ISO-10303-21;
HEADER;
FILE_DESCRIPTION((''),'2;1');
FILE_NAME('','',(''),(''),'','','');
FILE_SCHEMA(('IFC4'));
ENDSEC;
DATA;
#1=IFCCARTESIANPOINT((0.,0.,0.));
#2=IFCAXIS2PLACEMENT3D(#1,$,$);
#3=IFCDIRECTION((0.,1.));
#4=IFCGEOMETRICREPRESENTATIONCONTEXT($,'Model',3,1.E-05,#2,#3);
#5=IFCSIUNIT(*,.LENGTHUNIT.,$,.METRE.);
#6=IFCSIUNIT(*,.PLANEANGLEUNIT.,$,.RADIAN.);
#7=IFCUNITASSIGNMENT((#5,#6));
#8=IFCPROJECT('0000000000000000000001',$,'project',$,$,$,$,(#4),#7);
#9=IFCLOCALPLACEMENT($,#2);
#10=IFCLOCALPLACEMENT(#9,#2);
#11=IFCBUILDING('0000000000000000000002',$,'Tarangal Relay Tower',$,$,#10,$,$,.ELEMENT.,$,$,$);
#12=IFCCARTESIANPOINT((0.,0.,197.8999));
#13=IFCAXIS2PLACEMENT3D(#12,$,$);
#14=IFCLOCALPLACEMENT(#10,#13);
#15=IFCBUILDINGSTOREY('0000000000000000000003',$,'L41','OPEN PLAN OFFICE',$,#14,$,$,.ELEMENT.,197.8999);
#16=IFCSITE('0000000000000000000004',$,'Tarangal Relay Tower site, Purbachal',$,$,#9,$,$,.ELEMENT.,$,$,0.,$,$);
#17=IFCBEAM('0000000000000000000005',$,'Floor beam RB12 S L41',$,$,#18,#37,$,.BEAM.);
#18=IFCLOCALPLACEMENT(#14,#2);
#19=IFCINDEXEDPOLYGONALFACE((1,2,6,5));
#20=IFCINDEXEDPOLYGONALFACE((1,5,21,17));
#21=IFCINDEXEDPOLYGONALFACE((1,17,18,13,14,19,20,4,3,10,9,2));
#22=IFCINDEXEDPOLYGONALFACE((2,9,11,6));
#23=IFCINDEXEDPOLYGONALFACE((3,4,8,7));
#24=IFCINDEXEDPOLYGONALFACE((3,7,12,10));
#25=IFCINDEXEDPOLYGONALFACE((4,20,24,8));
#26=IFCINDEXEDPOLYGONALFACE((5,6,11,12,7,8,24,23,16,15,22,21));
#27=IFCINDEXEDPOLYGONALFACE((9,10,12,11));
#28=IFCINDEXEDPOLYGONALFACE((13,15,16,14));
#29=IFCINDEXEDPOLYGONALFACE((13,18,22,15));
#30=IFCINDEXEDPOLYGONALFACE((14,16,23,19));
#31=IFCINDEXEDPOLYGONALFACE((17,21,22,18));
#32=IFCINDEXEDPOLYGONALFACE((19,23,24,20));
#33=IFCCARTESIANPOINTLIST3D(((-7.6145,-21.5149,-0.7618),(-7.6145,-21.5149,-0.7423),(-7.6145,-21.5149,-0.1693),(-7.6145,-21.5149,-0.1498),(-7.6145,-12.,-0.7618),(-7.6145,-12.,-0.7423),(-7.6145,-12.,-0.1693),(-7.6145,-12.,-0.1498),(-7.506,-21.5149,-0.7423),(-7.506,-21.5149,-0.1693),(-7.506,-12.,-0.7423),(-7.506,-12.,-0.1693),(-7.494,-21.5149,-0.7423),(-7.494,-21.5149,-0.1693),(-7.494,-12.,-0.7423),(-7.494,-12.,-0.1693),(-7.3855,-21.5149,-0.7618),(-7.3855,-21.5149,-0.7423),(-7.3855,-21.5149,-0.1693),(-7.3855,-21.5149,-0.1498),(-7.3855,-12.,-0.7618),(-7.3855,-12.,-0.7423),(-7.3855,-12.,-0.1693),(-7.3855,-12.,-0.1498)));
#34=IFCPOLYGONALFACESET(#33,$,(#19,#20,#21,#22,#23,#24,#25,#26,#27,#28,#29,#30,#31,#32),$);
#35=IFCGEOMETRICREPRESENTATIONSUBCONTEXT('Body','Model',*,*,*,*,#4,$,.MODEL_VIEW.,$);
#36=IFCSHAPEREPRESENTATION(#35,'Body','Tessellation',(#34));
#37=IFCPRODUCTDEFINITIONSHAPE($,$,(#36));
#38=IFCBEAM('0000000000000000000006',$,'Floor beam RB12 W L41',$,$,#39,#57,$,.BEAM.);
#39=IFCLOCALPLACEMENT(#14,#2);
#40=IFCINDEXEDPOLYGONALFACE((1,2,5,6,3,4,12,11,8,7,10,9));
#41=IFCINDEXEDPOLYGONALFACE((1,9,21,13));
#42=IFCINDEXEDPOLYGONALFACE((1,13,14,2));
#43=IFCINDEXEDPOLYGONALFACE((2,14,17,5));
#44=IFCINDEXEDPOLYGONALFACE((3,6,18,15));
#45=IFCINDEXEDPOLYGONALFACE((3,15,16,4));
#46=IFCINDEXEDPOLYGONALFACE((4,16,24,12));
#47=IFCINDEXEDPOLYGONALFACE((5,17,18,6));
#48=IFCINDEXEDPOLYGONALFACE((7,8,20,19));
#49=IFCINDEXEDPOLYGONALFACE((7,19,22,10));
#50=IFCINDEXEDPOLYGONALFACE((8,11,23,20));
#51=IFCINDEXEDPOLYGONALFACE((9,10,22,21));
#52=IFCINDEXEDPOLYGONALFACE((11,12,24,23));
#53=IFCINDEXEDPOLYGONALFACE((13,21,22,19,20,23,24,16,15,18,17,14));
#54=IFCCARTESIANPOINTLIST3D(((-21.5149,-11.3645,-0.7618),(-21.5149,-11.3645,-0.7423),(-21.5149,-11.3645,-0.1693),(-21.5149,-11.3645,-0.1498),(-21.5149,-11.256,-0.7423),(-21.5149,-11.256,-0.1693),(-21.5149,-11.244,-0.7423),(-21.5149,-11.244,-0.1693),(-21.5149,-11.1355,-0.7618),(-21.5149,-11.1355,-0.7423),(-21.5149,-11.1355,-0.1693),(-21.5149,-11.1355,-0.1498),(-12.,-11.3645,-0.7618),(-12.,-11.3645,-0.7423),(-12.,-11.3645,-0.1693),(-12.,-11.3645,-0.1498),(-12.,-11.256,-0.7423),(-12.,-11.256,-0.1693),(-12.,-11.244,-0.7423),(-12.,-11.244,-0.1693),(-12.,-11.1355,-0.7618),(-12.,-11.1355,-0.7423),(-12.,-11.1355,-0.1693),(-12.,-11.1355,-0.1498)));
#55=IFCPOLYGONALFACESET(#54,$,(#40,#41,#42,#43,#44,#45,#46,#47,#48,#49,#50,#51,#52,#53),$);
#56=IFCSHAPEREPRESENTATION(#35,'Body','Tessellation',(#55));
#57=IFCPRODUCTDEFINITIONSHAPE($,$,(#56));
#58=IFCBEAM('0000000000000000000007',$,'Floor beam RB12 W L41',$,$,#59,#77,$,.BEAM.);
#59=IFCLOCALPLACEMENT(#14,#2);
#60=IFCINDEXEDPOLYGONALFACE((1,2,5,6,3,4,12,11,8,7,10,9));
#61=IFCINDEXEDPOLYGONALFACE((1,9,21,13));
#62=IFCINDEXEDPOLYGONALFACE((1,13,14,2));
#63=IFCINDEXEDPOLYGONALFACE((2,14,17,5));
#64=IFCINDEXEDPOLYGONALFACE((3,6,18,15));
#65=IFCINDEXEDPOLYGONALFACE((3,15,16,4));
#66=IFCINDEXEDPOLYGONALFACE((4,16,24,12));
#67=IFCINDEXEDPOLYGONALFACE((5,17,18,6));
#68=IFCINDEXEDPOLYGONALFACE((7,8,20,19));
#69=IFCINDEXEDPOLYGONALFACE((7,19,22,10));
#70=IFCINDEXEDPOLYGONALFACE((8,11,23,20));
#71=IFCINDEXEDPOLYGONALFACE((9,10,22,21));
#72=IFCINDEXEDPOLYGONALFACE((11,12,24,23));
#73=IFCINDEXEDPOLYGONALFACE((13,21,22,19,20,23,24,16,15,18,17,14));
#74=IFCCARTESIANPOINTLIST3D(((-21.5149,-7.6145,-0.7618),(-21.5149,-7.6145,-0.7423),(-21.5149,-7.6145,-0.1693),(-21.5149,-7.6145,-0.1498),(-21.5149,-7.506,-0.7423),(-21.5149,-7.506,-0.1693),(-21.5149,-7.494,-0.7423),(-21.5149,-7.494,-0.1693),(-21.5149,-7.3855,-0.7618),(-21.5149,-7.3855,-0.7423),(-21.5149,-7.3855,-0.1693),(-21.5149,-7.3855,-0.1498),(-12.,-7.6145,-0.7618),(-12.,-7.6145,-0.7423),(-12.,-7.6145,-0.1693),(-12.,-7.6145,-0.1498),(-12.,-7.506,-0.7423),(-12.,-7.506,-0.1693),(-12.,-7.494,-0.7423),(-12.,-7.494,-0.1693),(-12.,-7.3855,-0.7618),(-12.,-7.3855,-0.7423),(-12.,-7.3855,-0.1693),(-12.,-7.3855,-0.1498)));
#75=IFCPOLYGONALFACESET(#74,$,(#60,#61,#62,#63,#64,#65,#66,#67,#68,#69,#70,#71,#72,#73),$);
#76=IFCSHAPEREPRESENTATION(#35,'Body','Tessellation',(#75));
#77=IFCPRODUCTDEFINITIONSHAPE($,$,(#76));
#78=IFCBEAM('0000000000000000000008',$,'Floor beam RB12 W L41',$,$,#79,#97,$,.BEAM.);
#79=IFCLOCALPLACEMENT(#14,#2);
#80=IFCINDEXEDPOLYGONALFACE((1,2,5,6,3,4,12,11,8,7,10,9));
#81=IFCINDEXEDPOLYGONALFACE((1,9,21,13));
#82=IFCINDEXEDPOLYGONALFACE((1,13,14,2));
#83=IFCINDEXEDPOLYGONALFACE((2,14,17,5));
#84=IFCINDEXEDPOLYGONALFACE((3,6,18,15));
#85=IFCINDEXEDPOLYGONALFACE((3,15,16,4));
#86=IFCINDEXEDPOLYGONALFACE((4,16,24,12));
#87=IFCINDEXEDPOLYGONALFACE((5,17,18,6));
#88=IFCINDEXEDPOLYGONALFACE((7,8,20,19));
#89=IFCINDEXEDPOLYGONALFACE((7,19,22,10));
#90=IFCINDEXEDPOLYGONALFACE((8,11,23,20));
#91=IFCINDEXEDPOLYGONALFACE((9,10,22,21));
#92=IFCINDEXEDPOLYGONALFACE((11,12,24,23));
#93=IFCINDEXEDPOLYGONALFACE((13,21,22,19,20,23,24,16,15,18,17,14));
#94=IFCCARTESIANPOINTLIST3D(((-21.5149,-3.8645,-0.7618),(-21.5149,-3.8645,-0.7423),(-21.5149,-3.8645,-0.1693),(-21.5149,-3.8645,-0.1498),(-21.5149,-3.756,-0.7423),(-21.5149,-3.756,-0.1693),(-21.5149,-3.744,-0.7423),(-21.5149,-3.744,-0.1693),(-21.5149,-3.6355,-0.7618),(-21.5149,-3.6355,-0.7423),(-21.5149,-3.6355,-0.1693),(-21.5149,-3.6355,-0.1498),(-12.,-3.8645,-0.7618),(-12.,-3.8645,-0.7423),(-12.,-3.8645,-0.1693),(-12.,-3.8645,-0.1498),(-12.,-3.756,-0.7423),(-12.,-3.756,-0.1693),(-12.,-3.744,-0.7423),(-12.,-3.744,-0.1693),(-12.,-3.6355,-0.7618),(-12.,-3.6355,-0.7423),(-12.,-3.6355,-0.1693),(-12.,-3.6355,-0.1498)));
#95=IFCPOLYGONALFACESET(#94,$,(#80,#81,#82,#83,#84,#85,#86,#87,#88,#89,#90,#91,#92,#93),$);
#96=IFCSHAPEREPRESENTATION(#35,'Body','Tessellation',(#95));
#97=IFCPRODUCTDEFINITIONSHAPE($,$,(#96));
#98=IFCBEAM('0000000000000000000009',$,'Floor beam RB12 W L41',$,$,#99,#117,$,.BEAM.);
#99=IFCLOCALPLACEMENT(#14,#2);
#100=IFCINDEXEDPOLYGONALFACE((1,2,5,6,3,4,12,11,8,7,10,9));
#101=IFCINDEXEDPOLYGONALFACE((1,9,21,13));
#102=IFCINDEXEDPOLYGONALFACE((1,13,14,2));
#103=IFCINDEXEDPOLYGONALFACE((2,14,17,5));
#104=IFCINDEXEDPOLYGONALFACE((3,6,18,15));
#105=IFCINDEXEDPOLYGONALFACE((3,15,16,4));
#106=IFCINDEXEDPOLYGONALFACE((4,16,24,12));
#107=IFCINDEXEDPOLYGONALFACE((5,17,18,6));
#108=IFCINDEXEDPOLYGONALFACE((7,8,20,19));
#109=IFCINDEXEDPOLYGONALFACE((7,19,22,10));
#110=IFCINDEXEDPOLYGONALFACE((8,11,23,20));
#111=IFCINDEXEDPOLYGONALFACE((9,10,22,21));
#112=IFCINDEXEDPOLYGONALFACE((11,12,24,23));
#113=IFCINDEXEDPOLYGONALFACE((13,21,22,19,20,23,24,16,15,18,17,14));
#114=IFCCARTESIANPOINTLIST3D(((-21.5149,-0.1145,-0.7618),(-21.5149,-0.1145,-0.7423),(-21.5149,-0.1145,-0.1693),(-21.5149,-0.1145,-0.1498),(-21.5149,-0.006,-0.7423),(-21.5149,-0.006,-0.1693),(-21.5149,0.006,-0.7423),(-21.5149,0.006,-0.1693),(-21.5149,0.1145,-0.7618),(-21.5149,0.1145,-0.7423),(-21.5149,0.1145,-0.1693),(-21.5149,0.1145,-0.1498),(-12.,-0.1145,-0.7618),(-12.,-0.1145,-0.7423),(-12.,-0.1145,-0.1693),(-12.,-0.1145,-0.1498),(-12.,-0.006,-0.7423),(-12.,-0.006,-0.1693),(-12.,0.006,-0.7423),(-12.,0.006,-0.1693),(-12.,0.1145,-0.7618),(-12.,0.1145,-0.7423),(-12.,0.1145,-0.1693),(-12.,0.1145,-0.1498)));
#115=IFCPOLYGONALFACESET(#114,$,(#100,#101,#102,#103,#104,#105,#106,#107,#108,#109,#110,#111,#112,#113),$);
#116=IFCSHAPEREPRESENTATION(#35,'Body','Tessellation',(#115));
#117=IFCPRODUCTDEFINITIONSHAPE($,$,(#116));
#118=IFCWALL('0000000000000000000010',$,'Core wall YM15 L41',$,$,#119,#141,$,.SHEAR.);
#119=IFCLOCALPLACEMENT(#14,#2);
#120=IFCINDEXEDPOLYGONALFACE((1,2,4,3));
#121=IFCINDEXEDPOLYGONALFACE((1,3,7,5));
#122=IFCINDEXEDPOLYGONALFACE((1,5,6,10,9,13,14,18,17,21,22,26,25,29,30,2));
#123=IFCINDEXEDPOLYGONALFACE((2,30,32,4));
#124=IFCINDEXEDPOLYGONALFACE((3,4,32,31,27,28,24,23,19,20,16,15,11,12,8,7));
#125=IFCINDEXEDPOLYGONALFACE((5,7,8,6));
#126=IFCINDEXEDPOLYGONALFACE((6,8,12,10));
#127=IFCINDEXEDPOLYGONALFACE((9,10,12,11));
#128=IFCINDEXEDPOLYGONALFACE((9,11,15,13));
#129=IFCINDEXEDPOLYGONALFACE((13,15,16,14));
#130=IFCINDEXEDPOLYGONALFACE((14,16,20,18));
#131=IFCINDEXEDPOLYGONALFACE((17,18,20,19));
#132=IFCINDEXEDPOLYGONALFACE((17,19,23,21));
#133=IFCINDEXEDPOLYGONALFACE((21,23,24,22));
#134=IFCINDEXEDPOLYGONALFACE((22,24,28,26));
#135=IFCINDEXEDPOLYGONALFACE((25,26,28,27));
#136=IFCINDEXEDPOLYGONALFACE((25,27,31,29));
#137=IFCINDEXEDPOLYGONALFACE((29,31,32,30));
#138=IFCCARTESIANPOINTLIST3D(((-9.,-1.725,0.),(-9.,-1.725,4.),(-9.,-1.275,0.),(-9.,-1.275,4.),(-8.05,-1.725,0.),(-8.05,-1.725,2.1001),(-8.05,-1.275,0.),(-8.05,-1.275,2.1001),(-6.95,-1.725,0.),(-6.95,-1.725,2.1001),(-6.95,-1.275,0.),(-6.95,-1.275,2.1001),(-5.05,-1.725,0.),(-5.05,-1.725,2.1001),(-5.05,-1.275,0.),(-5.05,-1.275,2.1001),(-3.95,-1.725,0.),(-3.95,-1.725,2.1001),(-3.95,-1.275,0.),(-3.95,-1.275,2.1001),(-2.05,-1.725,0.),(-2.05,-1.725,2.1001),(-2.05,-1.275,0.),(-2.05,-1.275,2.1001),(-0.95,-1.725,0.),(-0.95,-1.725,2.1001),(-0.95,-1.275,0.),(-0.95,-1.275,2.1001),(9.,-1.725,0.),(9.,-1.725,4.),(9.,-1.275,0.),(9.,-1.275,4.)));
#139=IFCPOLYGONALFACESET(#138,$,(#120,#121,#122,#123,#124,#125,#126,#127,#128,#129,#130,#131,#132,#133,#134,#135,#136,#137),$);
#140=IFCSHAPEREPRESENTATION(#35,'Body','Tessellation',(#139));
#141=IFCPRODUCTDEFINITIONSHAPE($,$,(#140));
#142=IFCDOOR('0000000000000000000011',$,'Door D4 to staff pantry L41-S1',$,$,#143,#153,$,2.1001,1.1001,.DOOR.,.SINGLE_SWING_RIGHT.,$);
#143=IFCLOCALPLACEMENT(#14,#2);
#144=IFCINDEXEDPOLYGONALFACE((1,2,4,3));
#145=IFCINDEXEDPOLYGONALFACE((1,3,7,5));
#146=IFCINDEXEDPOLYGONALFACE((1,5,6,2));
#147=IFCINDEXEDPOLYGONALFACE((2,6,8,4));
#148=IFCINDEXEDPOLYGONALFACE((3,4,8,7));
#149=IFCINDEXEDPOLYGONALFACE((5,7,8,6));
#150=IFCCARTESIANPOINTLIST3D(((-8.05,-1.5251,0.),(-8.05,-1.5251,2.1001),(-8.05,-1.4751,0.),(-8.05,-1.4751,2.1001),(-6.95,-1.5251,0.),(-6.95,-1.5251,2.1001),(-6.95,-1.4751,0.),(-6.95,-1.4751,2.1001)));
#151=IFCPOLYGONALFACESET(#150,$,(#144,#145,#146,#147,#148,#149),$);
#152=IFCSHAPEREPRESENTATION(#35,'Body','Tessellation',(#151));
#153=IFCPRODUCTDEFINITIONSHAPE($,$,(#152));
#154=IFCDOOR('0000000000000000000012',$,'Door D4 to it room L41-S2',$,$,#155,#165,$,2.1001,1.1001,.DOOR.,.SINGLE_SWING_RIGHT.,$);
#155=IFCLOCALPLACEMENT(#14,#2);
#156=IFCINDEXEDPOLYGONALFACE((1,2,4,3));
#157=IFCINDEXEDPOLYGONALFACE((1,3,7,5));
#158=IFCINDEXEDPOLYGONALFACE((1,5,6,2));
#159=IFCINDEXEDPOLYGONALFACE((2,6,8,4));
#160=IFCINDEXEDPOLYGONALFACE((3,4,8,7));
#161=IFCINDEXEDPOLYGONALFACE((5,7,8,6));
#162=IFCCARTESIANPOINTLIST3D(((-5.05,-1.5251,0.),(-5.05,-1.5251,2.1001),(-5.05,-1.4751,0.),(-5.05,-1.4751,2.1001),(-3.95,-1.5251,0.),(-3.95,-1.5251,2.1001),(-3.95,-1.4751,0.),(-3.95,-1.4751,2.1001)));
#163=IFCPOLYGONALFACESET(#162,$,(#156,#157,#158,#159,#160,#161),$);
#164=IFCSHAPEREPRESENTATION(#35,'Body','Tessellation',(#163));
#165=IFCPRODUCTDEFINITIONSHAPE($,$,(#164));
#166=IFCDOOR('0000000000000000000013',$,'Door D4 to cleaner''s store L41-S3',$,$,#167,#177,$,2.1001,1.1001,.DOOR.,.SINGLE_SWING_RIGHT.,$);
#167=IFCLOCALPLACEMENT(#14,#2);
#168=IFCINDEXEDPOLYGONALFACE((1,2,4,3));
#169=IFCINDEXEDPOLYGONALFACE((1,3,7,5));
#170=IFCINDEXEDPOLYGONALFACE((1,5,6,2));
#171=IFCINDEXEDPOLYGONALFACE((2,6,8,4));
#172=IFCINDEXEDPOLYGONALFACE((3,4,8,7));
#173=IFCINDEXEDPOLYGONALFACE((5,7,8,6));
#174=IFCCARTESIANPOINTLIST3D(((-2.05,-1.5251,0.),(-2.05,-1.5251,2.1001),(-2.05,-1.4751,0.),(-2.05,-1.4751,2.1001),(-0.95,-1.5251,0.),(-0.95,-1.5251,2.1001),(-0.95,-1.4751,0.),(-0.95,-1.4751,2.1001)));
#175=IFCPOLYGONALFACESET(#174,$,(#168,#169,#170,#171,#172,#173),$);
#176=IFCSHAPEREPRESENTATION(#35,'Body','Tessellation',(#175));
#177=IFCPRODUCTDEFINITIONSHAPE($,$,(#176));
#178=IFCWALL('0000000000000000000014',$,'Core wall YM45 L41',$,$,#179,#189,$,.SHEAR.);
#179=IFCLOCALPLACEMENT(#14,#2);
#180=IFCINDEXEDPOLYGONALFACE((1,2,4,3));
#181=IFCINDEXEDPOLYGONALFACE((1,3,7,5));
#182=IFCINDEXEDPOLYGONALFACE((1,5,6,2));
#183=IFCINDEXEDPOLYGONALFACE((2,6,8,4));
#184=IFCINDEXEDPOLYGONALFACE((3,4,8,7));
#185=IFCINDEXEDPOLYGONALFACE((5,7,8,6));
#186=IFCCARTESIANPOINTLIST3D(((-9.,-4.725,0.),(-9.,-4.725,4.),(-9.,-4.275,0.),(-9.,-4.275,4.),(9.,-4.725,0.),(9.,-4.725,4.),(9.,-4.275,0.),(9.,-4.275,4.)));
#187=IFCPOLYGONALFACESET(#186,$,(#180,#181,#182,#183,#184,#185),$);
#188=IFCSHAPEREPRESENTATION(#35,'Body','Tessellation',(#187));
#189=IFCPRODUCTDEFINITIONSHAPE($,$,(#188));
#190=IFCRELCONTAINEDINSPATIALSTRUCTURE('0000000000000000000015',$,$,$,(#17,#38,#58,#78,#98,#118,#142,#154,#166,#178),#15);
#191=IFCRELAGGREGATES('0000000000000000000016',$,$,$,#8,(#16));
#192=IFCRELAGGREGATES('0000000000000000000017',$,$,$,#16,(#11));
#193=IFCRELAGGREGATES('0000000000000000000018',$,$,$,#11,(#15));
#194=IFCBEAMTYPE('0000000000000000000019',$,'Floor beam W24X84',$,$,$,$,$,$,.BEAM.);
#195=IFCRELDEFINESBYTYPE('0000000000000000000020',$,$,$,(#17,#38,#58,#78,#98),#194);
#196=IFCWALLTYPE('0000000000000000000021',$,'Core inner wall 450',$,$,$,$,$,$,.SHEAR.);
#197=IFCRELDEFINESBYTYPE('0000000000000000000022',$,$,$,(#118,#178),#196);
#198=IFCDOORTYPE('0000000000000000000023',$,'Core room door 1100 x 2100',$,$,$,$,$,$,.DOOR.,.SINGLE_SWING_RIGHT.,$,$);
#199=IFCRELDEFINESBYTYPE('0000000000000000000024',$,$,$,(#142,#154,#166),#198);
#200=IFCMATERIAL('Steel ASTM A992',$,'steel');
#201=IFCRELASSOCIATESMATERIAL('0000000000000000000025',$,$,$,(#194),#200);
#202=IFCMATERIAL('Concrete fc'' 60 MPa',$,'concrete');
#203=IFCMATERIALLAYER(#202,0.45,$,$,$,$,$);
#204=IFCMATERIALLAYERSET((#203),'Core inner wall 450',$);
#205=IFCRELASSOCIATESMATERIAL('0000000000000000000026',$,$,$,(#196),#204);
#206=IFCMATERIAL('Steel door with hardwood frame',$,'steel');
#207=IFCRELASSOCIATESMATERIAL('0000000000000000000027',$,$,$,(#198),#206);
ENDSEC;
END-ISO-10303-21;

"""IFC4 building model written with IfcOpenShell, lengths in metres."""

from ifc_helpers import new_model, si_unit, direction, frame, frame_2d, origin, origin_2d, place, context, subcontext, project, spatial, rectangle, i_section, extrude, material, layer, layer_set, material_profile, profile_set, type_object, element, fill, save


model = new_model("IFC4")

# Units and contexts
model_context = context("Model", 3, precision=1e-05, world=origin(), true_north=direction((0.0, 1.0)))
body_context = subcontext(model_context, "Body", "Model", "MODEL_VIEW")
ifc_project = project(units=[si_unit("LENGTHUNIT", "METRE"), si_unit("PLANEANGLEUNIT", "RADIAN")], contexts=[model_context])

# Site, building, storey
site_placement = place(None, origin())
site = spatial("IfcSite", under=ifc_project, at=site_placement, Name="Tarangal Relay Tower site, Purbachal", CompositionType="ELEMENT", RefElevation=0.0)
building_placement = place(site_placement, origin())
building = spatial("IfcBuilding", under=site, at=building_placement, Name="Tarangal Relay Tower", CompositionType="ELEMENT")
storey_placement = place(building_placement, frame((0.0, 0.0, 197.8999)))
storey = spatial("IfcBuildingStorey", under=building, at=storey_placement, Name="L41", Description="OPEN PLAN OFFICE", CompositionType="ELEMENT", Elevation=197.8999)

# Beams
ifc_material_1 = material(Name="Steel ASTM A992", Category="steel")
ifc_material_profile = material_profile(ifc_material_1, i_section(OverallWidth=0.229, OverallDepth=0.6121, WebThickness=0.012, FlangeThickness=0.0195, at=origin_2d()), Name="W24X84")
ifc_profile_set = profile_set([ifc_material_profile], Name="Steel ASTM A992")
beam_type = type_object("IfcBeamType", Name="Floor beam W24X84", PredefinedType="BEAM", material=ifc_profile_set)
for number, where, z_axis, x_axis, name in (
    (1, (-7.5, -12.0, -0.4558), (0.0, -1.0, 0.0), (1.0, 0.0, 0.0), "Floor beam RB12 S L41"),
    (2, (-12.0, -11.25, -0.4558), (-1.0, 0.0, 0.0), (0.0, -1.0, 0.0), "Floor beam RB12 W L41"),
    (3, (-12.0, -7.5, -0.4558), (-1.0, 0.0, 0.0), (0.0, -1.0, 0.0), "Floor beam RB12 W L41"),
    (4, (-12.0, -3.75, -0.4558), (-1.0, 0.0, 0.0), (0.0, -1.0, 0.0), "Floor beam RB12 W L41"),
    (5, (-12.0, 0.0, -0.4558), (-1.0, 0.0, 0.0), (0.0, -1.0, 0.0), "Floor beam RB12 W L41"),
):
    element("IfcBeam", number, at=place(storey_placement, frame(where, z_axis=z_axis, x_axis=x_axis)), inside=storey, type_object=beam_type, Name=name, PredefinedType="BEAM", context=body_context, shape_type="SweptSolid", body=[
        extrude(i_section(OverallWidth=0.229, OverallDepth=0.6121, WebThickness=0.012, FlangeThickness=0.0195, at=origin_2d()), origin(), (0.0, 0.0, 1.0), 9.5149),
    ])

# Wall, openings, doors
ifc_material_2 = material(Name="Concrete fc' 60 MPa", Category="concrete")
ifc_layer_1 = layer(ifc_material_2, 0.45)
ifc_layer_set_1 = layer_set([ifc_layer_1], Name="Core inner wall 450")
wall_type_1 = type_object("IfcWallType", Name="Core inner wall 450", PredefinedType="SHEAR", material=ifc_layer_set_1)
wall_1_placement = place(storey_placement, frame((-9.0, -1.5, 0.0), z_axis=(0.0, 0.0, 1.0), x_axis=(1.0, 0.0, 0.0)))
wall_1 = element("IfcWall", 6, at=wall_1_placement, inside=storey, type_object=wall_type_1, Name="Core wall YM15 L41", PredefinedType="SHEAR", context=body_context, shape_type="SweptSolid", body=[
    extrude(rectangle(XDim=18.0, YDim=0.45, at=frame_2d((9.0, 0.0))), origin(), (0.0, 0.0, 1.0), 4.0),
])
opening_1_placement = place(wall_1_placement, frame((0.95, 0.0, 0.0)))
opening_1 = element("IfcOpeningElement", 7, at=opening_1_placement, cuts=wall_1, PredefinedType="OPENING", context=body_context, shape_type="SweptSolid", body=[
    extrude(rectangle(XDim=1.1001, YDim=2.1001, at=frame_2d((0.55, 1.05))), frame((0.0, 0.2349, 0.0), z_axis=(0.0, -1.0, 0.0), x_axis=(1.0, 0.0, 0.0)), (0.0, 0.0, 1.0), 0.47),
])
opening_2_placement = place(wall_1_placement, frame((3.95, 0.0, 0.0)))
opening_2 = element("IfcOpeningElement", 8, at=opening_2_placement, cuts=wall_1, PredefinedType="OPENING", context=body_context, shape_type="SweptSolid", body=[
    extrude(rectangle(XDim=1.1001, YDim=2.1001, at=frame_2d((0.55, 1.05))), frame((0.0, 0.2349, 0.0), z_axis=(0.0, -1.0, 0.0), x_axis=(1.0, 0.0, 0.0)), (0.0, 0.0, 1.0), 0.47),
])
opening_3_placement = place(wall_1_placement, frame((6.95, 0.0, 0.0)))
opening_3 = element("IfcOpeningElement", 9, at=opening_3_placement, cuts=wall_1, PredefinedType="OPENING", context=body_context, shape_type="SweptSolid", body=[
    extrude(rectangle(XDim=1.1001, YDim=2.1001, at=frame_2d((0.55, 1.05))), frame((0.0, 0.2349, 0.0), z_axis=(0.0, -1.0, 0.0), x_axis=(1.0, 0.0, 0.0)), (0.0, 0.0, 1.0), 0.47),
])
ifc_material_3 = material(Name="Steel door with hardwood frame", Category="steel")
door_type_1 = type_object("IfcDoorType", Name="Core room door 1100 x 2100", OperationType="SINGLE_SWING_RIGHT", PredefinedType="DOOR", material=ifc_material_3)
door_1_placement = place(opening_1_placement, origin())
door_1 = element("IfcDoor", 10, at=door_1_placement, inside=storey, type_object=door_type_1, Name="Door D4 to staff pantry L41-S1", OperationType="SINGLE_SWING_RIGHT", OverallHeight=2.1001, OverallWidth=1.1001, PredefinedType="DOOR", context=body_context, shape_type="SweptSolid", body=[
    extrude(rectangle(XDim=1.1001, YDim=2.1001, at=frame_2d((0.55, 1.05))), frame((0.0, 0.0249, 0.0), z_axis=(0.0, -1.0, 0.0), x_axis=(1.0, 0.0, 0.0)), (0.0, 0.0, 1.0), 0.05),
])
fill(opening_1, door_1)
door_2_placement = place(opening_2_placement, origin())
door_2 = element("IfcDoor", 11, at=door_2_placement, inside=storey, type_object=door_type_1, Name="Door D4 to it room L41-S2", OperationType="SINGLE_SWING_RIGHT", OverallHeight=2.1001, OverallWidth=1.1001, PredefinedType="DOOR", context=body_context, shape_type="SweptSolid", body=[
    extrude(rectangle(XDim=1.1001, YDim=2.1001, at=frame_2d((0.55, 1.05))), frame((0.0, 0.0249, 0.0), z_axis=(0.0, -1.0, 0.0), x_axis=(1.0, 0.0, 0.0)), (0.0, 0.0, 1.0), 0.05),
])
fill(opening_2, door_2)
door_3_placement = place(opening_3_placement, origin())
door_3 = element("IfcDoor", 12, at=door_3_placement, inside=storey, type_object=door_type_1, Name="Door D4 to cleaner's store L41-S3", OperationType="SINGLE_SWING_RIGHT", OverallHeight=2.1001, OverallWidth=1.1001, PredefinedType="DOOR", context=body_context, shape_type="SweptSolid", body=[
    extrude(rectangle(XDim=1.1001, YDim=2.1001, at=frame_2d((0.55, 1.05))), frame((0.0, 0.0249, 0.0), z_axis=(0.0, -1.0, 0.0), x_axis=(1.0, 0.0, 0.0)), (0.0, 0.0, 1.0), 0.05),
])
fill(opening_3, door_3)

# Wall
wall_2_placement = place(storey_placement, frame((-9.0, -4.5, 0.0), z_axis=(0.0, 0.0, 1.0), x_axis=(1.0, 0.0, 0.0)))
element("IfcWall", 13, at=wall_2_placement, inside=storey, type_object=wall_type_1, Name="Core wall YM45 L41", PredefinedType="SHEAR", context=body_context, shape_type="SweptSolid", body=[
    extrude(rectangle(XDim=18.0, YDim=0.45, at=frame_2d((9.0, 0.0))), origin(), (0.0, 0.0, 1.0), 4.0),
])

save(model, "model.ifc")
